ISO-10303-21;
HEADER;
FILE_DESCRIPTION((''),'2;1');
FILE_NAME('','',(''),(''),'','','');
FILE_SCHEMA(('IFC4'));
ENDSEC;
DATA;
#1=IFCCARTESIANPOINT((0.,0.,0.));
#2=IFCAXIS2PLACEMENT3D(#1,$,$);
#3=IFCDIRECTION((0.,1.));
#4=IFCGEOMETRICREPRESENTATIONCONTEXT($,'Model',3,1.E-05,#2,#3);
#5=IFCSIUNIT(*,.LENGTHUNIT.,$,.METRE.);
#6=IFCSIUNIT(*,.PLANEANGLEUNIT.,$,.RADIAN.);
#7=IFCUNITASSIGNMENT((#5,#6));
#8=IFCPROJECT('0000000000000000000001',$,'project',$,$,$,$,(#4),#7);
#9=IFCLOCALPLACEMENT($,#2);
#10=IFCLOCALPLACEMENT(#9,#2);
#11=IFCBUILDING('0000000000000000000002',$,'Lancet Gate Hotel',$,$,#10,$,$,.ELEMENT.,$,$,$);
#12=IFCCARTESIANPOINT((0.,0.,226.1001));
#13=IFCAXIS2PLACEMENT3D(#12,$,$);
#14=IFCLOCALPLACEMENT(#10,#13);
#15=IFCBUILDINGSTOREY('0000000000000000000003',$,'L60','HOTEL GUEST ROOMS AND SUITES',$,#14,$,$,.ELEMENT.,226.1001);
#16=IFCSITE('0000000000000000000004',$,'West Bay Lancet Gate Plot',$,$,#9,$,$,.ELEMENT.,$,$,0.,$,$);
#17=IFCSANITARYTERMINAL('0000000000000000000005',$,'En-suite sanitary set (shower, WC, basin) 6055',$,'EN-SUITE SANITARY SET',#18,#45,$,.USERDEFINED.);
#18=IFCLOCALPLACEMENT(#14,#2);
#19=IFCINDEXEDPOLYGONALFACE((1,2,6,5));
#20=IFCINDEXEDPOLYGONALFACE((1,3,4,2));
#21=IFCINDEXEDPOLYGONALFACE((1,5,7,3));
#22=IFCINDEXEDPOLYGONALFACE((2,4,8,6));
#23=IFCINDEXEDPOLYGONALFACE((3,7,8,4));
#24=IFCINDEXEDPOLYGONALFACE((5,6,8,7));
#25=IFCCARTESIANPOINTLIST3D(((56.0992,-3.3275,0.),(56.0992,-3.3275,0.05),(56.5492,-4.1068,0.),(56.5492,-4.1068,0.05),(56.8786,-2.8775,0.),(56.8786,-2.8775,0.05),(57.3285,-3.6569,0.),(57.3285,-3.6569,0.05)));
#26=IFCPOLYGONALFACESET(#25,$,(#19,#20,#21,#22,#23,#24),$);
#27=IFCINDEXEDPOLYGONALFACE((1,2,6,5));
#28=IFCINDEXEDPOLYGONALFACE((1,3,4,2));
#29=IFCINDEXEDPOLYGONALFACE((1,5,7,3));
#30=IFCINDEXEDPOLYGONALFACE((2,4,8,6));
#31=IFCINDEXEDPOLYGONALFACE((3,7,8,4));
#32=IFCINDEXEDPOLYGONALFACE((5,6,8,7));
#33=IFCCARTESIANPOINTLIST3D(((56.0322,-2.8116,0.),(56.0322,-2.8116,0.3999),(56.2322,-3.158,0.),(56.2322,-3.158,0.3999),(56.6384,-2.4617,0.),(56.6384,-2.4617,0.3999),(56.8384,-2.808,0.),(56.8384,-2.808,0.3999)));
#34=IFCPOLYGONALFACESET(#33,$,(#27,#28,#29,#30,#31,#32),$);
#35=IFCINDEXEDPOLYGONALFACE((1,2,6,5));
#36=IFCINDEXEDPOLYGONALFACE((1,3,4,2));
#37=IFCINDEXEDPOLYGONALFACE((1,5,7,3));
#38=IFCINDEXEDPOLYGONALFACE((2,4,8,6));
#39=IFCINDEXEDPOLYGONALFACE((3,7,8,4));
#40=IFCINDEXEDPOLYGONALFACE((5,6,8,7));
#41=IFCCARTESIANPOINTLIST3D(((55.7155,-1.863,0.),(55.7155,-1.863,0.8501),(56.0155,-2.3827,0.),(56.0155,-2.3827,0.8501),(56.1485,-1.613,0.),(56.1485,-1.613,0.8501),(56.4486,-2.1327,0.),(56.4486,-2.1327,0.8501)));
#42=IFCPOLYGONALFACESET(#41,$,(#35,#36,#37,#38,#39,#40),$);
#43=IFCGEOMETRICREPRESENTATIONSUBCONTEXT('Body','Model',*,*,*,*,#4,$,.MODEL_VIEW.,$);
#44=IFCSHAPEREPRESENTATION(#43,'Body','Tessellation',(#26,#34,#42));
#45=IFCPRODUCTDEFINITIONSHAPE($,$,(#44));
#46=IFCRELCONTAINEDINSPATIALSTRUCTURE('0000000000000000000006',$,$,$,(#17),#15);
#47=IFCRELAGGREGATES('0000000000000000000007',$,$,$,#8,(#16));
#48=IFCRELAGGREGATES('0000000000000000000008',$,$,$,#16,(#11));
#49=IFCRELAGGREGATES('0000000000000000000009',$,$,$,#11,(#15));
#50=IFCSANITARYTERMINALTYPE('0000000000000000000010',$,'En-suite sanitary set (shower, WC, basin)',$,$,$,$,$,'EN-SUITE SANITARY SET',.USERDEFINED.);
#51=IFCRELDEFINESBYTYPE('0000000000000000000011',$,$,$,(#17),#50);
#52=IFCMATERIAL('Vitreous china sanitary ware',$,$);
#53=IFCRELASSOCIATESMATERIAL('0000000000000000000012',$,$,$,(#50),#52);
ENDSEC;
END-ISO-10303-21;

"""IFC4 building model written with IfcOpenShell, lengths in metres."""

from ifc_helpers import new_model, si_unit, direction, frame, origin, origin_2d, place, context, subcontext, project, spatial, rectangle, extrude, material, type_object, element, save


model = new_model("IFC4")

# Units and contexts
model_context = context("Model", 3, precision=1e-05, world=origin(), true_north=direction((0.0, 1.0)))
body_context = subcontext(model_context, "Body", "Model", "MODEL_VIEW")
ifc_project = project(units=[si_unit("LENGTHUNIT", "METRE"), si_unit("PLANEANGLEUNIT", "RADIAN")], contexts=[model_context])

# Site, building, storey
site_placement = place(None, origin())
site = spatial("IfcSite", under=ifc_project, at=site_placement, Name="West Bay Lancet Gate Plot", CompositionType="ELEMENT", RefElevation=0.0)
building_placement = place(site_placement, origin())
building = spatial("IfcBuilding", under=site, at=building_placement, Name="Lancet Gate Hotel", CompositionType="ELEMENT")
storey_placement = place(building_placement, frame((0.0, 0.0, 226.1001)))
storey = spatial("IfcBuildingStorey", under=building, at=storey_placement, Name="L60", Description="HOTEL GUEST ROOMS AND SUITES", CompositionType="ELEMENT", Elevation=226.1001)

# Sanitary terminal
ifc_material_1 = material(Name="Vitreous china sanitary ware")
sanitary_terminal_type = type_object("IfcSanitaryTerminalType", Name="En-suite sanitary set (shower, WC, basin)", ElementType="EN-SUITE SANITARY SET", PredefinedType="USERDEFINED", material=ifc_material_1)
sanitary_terminal_placement = place(storey_placement, frame((56.7139, -3.4922, 0.0), z_axis=(0.0, 0.0, 1.0), x_axis=(1.0, 0.0, 0.0)))
element("IfcSanitaryTerminal", 1, at=sanitary_terminal_placement, inside=storey, type_object=sanitary_terminal_type, Name="En-suite sanitary set (shower, WC, basin) 6055", ObjectType="EN-SUITE SANITARY SET", PredefinedType="USERDEFINED", context=body_context, shape_type="SweptSolid", body=[
    extrude(rectangle(XDim=0.8999, YDim=0.8999, at=origin_2d()), frame((0.0, 0.0, 0.0), z_axis=(0.0, 0.0, 1.0), x_axis=(0.5, -0.866025, 0.0)), (0.0, 0.0, 1.0), 0.05),
    extrude(rectangle(XDim=0.3999, YDim=0.7, at=origin_2d()), frame((-0.2786, 0.6824, 0.0), z_axis=(0.0, 0.0, 1.0), x_axis=(0.5, -0.866025, 0.0)), (0.0, 0.0, 1.0), 0.3999),
    extrude(rectangle(XDim=0.6001, YDim=0.5, at=origin_2d()), frame((-0.6318, 1.4944, 0.0), z_axis=(0.0, 0.0, 1.0), x_axis=(0.5, -0.866025, 0.0)), (0.0, 0.0, 1.0), 0.8501),
])

save(model, "model.ifc")
